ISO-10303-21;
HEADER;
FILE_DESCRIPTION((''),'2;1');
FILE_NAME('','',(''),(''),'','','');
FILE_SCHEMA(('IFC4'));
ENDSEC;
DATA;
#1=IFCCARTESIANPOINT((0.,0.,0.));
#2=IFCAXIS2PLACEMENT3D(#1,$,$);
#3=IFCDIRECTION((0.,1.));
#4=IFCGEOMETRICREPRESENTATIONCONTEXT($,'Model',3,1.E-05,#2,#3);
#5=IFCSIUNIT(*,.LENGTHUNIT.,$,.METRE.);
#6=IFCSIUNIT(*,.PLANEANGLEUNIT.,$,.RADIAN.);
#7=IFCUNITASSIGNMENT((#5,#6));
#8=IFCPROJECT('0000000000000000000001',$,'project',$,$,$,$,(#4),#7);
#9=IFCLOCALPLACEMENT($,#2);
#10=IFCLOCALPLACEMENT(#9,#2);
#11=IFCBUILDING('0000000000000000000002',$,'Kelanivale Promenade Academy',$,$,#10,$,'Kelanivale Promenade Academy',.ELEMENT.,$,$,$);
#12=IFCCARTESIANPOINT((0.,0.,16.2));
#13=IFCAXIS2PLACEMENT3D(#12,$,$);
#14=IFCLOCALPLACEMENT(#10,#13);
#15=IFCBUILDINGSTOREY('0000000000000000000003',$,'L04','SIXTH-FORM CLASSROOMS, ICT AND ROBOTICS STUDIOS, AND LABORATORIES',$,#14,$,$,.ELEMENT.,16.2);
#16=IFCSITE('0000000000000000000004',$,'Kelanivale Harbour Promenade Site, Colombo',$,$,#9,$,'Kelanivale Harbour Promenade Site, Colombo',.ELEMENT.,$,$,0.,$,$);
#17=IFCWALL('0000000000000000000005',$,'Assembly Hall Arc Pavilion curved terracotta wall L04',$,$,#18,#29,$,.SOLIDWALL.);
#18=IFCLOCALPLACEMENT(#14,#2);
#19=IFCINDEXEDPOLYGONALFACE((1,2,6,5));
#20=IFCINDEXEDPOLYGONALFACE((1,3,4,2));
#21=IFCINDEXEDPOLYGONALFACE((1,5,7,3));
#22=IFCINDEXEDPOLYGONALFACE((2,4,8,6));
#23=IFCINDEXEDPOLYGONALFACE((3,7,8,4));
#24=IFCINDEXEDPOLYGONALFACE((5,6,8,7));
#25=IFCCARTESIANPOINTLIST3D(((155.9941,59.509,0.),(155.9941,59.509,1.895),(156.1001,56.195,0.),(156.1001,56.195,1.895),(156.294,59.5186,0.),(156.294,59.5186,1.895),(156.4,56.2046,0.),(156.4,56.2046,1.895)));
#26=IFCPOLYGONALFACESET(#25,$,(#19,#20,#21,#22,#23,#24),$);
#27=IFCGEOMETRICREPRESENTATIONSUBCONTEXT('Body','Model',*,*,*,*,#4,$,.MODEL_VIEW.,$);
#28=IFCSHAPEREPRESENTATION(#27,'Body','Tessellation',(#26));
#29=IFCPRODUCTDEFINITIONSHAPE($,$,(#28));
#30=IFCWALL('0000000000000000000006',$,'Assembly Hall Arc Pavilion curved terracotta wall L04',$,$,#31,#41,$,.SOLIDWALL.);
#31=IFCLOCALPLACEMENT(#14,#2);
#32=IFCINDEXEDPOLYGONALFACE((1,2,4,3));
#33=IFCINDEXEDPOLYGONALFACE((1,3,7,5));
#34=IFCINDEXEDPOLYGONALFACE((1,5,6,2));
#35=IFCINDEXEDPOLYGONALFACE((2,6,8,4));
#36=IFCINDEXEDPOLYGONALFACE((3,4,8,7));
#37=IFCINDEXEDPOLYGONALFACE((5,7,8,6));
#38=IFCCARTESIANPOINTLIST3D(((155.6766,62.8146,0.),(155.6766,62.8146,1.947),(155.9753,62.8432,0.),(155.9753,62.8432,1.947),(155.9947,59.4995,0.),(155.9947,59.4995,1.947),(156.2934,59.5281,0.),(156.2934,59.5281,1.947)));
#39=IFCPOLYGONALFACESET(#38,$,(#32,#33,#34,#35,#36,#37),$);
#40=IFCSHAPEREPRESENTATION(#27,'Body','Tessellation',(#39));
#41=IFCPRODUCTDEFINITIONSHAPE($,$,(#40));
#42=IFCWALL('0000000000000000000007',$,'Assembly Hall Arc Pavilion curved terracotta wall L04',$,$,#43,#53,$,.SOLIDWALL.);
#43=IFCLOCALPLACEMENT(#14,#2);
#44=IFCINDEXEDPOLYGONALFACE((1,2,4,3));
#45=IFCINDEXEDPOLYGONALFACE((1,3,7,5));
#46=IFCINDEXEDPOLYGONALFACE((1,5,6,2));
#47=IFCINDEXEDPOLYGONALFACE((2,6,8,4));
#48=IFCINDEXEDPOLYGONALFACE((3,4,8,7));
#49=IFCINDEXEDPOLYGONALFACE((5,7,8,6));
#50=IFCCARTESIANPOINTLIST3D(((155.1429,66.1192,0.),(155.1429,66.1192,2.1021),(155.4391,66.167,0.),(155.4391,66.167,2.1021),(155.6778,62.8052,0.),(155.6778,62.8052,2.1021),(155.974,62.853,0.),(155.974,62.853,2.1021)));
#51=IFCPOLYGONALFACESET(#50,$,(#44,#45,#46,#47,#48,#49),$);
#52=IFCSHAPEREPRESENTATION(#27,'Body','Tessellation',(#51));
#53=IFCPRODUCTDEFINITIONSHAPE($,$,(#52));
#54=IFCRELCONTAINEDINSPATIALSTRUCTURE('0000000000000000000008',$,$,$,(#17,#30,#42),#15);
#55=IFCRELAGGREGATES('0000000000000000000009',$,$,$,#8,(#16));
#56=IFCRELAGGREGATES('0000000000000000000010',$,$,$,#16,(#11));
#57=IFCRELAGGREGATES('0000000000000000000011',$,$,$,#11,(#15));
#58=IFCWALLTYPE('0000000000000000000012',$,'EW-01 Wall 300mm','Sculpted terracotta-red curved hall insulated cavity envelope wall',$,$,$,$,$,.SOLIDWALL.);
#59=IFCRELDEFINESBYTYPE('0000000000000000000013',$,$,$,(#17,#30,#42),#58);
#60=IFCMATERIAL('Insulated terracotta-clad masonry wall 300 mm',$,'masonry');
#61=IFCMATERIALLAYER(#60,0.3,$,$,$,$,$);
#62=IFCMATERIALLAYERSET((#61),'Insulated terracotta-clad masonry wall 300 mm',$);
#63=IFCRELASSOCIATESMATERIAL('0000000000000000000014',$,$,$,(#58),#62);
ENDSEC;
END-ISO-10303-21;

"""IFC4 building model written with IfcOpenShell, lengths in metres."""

from ifc_helpers import new_model, si_unit, direction, frame, frame_2d, origin, place, context, subcontext, project, spatial, rectangle, extrude, material, layer, layer_set, type_object, element, save


model = new_model("IFC4")

# Units and contexts
model_context = context("Model", 3, precision=1e-05, world=origin(), true_north=direction((0.0, 1.0)))
body_context = subcontext(model_context, "Body", "Model", "MODEL_VIEW")
ifc_project = project(units=[si_unit("LENGTHUNIT", "METRE"), si_unit("PLANEANGLEUNIT", "RADIAN")], contexts=[model_context])

# Site, building, storey
site_placement = place(None, origin())
site = spatial("IfcSite", under=ifc_project, at=site_placement, Name="Kelanivale Harbour Promenade Site, Colombo", LongName="Kelanivale Harbour Promenade Site, Colombo", CompositionType="ELEMENT", RefElevation=0.0)
building_placement = place(site_placement, origin())
building = spatial("IfcBuilding", under=site, at=building_placement, Name="Kelanivale Promenade Academy", LongName="Kelanivale Promenade Academy", CompositionType="ELEMENT")
storey_placement = place(building_placement, frame((0.0, 0.0, 16.2)))
storey = spatial("IfcBuildingStorey", under=building, at=storey_placement, Name="L04", Description="SIXTH-FORM CLASSROOMS, ICT AND ROBOTICS STUDIOS, AND LABORATORIES", CompositionType="ELEMENT", Elevation=16.2)

# Walls
ifc_material_1 = material(Name="Insulated terracotta-clad masonry wall 300 mm", Category="masonry")
ifc_layer_1 = layer(ifc_material_1, 0.3)
ifc_layer_set_1 = layer_set([ifc_layer_1], Name="Insulated terracotta-clad masonry wall 300 mm")
wall_type = type_object("IfcWallType", Name="EW-01 Wall 300mm", Description="Sculpted terracotta-red curved hall insulated cavity envelope wall", PredefinedType="SOLIDWALL", material=ifc_layer_set_1)
wall_1_placement = place(storey_placement, frame((156.25, 56.2, 0.0), z_axis=(0.0, 0.0, 1.0), x_axis=(-0.031957, 0.999489, 0.0)))
element("IfcWall", 1, at=wall_1_placement, inside=storey, type_object=wall_type, Name="Assembly Hall Arc Pavilion curved terracotta wall L04", PredefinedType="SOLIDWALL", context=body_context, shape_type="SweptSolid", body=[
    extrude(rectangle(XDim=3.3157, YDim=0.3, at=frame_2d((1.6577, 0.0))), origin(), (0.0, 0.0, 1.0), 1.895),
])
wall_2_placement = place(storey_placement, frame((156.144, 59.5139, 0.0), z_axis=(0.0, 0.0, 1.0), x_axis=(-0.095518, 0.995428, 0.0)))
element("IfcWall", 2, at=wall_2_placement, inside=storey, type_object=wall_type, Name="Assembly Hall Arc Pavilion curved terracotta wall L04", PredefinedType="SOLIDWALL", context=body_context, shape_type="SweptSolid", body=[
    extrude(rectangle(XDim=3.3303, YDim=0.3, at=frame_2d((1.665, 0.0))), origin(), (0.0, 0.0, 1.0), 1.947),
])
wall_3_placement = place(storey_placement, frame((155.8259, 62.8291, 0.0), z_axis=(0.0, 0.0, 1.0), x_axis=(-0.159349, 0.987222, 0.0)))
element("IfcWall", 3, at=wall_3_placement, inside=storey, type_object=wall_type, Name="Assembly Hall Arc Pavilion curved terracotta wall L04", PredefinedType="SOLIDWALL", context=body_context, shape_type="SweptSolid", body=[
    extrude(rectangle(XDim=3.3569, YDim=0.3, at=frame_2d((1.6785, 0.0))), origin(), (0.0, 0.0, 1.0), 2.1021),
])

save(model, "model.ifc")
